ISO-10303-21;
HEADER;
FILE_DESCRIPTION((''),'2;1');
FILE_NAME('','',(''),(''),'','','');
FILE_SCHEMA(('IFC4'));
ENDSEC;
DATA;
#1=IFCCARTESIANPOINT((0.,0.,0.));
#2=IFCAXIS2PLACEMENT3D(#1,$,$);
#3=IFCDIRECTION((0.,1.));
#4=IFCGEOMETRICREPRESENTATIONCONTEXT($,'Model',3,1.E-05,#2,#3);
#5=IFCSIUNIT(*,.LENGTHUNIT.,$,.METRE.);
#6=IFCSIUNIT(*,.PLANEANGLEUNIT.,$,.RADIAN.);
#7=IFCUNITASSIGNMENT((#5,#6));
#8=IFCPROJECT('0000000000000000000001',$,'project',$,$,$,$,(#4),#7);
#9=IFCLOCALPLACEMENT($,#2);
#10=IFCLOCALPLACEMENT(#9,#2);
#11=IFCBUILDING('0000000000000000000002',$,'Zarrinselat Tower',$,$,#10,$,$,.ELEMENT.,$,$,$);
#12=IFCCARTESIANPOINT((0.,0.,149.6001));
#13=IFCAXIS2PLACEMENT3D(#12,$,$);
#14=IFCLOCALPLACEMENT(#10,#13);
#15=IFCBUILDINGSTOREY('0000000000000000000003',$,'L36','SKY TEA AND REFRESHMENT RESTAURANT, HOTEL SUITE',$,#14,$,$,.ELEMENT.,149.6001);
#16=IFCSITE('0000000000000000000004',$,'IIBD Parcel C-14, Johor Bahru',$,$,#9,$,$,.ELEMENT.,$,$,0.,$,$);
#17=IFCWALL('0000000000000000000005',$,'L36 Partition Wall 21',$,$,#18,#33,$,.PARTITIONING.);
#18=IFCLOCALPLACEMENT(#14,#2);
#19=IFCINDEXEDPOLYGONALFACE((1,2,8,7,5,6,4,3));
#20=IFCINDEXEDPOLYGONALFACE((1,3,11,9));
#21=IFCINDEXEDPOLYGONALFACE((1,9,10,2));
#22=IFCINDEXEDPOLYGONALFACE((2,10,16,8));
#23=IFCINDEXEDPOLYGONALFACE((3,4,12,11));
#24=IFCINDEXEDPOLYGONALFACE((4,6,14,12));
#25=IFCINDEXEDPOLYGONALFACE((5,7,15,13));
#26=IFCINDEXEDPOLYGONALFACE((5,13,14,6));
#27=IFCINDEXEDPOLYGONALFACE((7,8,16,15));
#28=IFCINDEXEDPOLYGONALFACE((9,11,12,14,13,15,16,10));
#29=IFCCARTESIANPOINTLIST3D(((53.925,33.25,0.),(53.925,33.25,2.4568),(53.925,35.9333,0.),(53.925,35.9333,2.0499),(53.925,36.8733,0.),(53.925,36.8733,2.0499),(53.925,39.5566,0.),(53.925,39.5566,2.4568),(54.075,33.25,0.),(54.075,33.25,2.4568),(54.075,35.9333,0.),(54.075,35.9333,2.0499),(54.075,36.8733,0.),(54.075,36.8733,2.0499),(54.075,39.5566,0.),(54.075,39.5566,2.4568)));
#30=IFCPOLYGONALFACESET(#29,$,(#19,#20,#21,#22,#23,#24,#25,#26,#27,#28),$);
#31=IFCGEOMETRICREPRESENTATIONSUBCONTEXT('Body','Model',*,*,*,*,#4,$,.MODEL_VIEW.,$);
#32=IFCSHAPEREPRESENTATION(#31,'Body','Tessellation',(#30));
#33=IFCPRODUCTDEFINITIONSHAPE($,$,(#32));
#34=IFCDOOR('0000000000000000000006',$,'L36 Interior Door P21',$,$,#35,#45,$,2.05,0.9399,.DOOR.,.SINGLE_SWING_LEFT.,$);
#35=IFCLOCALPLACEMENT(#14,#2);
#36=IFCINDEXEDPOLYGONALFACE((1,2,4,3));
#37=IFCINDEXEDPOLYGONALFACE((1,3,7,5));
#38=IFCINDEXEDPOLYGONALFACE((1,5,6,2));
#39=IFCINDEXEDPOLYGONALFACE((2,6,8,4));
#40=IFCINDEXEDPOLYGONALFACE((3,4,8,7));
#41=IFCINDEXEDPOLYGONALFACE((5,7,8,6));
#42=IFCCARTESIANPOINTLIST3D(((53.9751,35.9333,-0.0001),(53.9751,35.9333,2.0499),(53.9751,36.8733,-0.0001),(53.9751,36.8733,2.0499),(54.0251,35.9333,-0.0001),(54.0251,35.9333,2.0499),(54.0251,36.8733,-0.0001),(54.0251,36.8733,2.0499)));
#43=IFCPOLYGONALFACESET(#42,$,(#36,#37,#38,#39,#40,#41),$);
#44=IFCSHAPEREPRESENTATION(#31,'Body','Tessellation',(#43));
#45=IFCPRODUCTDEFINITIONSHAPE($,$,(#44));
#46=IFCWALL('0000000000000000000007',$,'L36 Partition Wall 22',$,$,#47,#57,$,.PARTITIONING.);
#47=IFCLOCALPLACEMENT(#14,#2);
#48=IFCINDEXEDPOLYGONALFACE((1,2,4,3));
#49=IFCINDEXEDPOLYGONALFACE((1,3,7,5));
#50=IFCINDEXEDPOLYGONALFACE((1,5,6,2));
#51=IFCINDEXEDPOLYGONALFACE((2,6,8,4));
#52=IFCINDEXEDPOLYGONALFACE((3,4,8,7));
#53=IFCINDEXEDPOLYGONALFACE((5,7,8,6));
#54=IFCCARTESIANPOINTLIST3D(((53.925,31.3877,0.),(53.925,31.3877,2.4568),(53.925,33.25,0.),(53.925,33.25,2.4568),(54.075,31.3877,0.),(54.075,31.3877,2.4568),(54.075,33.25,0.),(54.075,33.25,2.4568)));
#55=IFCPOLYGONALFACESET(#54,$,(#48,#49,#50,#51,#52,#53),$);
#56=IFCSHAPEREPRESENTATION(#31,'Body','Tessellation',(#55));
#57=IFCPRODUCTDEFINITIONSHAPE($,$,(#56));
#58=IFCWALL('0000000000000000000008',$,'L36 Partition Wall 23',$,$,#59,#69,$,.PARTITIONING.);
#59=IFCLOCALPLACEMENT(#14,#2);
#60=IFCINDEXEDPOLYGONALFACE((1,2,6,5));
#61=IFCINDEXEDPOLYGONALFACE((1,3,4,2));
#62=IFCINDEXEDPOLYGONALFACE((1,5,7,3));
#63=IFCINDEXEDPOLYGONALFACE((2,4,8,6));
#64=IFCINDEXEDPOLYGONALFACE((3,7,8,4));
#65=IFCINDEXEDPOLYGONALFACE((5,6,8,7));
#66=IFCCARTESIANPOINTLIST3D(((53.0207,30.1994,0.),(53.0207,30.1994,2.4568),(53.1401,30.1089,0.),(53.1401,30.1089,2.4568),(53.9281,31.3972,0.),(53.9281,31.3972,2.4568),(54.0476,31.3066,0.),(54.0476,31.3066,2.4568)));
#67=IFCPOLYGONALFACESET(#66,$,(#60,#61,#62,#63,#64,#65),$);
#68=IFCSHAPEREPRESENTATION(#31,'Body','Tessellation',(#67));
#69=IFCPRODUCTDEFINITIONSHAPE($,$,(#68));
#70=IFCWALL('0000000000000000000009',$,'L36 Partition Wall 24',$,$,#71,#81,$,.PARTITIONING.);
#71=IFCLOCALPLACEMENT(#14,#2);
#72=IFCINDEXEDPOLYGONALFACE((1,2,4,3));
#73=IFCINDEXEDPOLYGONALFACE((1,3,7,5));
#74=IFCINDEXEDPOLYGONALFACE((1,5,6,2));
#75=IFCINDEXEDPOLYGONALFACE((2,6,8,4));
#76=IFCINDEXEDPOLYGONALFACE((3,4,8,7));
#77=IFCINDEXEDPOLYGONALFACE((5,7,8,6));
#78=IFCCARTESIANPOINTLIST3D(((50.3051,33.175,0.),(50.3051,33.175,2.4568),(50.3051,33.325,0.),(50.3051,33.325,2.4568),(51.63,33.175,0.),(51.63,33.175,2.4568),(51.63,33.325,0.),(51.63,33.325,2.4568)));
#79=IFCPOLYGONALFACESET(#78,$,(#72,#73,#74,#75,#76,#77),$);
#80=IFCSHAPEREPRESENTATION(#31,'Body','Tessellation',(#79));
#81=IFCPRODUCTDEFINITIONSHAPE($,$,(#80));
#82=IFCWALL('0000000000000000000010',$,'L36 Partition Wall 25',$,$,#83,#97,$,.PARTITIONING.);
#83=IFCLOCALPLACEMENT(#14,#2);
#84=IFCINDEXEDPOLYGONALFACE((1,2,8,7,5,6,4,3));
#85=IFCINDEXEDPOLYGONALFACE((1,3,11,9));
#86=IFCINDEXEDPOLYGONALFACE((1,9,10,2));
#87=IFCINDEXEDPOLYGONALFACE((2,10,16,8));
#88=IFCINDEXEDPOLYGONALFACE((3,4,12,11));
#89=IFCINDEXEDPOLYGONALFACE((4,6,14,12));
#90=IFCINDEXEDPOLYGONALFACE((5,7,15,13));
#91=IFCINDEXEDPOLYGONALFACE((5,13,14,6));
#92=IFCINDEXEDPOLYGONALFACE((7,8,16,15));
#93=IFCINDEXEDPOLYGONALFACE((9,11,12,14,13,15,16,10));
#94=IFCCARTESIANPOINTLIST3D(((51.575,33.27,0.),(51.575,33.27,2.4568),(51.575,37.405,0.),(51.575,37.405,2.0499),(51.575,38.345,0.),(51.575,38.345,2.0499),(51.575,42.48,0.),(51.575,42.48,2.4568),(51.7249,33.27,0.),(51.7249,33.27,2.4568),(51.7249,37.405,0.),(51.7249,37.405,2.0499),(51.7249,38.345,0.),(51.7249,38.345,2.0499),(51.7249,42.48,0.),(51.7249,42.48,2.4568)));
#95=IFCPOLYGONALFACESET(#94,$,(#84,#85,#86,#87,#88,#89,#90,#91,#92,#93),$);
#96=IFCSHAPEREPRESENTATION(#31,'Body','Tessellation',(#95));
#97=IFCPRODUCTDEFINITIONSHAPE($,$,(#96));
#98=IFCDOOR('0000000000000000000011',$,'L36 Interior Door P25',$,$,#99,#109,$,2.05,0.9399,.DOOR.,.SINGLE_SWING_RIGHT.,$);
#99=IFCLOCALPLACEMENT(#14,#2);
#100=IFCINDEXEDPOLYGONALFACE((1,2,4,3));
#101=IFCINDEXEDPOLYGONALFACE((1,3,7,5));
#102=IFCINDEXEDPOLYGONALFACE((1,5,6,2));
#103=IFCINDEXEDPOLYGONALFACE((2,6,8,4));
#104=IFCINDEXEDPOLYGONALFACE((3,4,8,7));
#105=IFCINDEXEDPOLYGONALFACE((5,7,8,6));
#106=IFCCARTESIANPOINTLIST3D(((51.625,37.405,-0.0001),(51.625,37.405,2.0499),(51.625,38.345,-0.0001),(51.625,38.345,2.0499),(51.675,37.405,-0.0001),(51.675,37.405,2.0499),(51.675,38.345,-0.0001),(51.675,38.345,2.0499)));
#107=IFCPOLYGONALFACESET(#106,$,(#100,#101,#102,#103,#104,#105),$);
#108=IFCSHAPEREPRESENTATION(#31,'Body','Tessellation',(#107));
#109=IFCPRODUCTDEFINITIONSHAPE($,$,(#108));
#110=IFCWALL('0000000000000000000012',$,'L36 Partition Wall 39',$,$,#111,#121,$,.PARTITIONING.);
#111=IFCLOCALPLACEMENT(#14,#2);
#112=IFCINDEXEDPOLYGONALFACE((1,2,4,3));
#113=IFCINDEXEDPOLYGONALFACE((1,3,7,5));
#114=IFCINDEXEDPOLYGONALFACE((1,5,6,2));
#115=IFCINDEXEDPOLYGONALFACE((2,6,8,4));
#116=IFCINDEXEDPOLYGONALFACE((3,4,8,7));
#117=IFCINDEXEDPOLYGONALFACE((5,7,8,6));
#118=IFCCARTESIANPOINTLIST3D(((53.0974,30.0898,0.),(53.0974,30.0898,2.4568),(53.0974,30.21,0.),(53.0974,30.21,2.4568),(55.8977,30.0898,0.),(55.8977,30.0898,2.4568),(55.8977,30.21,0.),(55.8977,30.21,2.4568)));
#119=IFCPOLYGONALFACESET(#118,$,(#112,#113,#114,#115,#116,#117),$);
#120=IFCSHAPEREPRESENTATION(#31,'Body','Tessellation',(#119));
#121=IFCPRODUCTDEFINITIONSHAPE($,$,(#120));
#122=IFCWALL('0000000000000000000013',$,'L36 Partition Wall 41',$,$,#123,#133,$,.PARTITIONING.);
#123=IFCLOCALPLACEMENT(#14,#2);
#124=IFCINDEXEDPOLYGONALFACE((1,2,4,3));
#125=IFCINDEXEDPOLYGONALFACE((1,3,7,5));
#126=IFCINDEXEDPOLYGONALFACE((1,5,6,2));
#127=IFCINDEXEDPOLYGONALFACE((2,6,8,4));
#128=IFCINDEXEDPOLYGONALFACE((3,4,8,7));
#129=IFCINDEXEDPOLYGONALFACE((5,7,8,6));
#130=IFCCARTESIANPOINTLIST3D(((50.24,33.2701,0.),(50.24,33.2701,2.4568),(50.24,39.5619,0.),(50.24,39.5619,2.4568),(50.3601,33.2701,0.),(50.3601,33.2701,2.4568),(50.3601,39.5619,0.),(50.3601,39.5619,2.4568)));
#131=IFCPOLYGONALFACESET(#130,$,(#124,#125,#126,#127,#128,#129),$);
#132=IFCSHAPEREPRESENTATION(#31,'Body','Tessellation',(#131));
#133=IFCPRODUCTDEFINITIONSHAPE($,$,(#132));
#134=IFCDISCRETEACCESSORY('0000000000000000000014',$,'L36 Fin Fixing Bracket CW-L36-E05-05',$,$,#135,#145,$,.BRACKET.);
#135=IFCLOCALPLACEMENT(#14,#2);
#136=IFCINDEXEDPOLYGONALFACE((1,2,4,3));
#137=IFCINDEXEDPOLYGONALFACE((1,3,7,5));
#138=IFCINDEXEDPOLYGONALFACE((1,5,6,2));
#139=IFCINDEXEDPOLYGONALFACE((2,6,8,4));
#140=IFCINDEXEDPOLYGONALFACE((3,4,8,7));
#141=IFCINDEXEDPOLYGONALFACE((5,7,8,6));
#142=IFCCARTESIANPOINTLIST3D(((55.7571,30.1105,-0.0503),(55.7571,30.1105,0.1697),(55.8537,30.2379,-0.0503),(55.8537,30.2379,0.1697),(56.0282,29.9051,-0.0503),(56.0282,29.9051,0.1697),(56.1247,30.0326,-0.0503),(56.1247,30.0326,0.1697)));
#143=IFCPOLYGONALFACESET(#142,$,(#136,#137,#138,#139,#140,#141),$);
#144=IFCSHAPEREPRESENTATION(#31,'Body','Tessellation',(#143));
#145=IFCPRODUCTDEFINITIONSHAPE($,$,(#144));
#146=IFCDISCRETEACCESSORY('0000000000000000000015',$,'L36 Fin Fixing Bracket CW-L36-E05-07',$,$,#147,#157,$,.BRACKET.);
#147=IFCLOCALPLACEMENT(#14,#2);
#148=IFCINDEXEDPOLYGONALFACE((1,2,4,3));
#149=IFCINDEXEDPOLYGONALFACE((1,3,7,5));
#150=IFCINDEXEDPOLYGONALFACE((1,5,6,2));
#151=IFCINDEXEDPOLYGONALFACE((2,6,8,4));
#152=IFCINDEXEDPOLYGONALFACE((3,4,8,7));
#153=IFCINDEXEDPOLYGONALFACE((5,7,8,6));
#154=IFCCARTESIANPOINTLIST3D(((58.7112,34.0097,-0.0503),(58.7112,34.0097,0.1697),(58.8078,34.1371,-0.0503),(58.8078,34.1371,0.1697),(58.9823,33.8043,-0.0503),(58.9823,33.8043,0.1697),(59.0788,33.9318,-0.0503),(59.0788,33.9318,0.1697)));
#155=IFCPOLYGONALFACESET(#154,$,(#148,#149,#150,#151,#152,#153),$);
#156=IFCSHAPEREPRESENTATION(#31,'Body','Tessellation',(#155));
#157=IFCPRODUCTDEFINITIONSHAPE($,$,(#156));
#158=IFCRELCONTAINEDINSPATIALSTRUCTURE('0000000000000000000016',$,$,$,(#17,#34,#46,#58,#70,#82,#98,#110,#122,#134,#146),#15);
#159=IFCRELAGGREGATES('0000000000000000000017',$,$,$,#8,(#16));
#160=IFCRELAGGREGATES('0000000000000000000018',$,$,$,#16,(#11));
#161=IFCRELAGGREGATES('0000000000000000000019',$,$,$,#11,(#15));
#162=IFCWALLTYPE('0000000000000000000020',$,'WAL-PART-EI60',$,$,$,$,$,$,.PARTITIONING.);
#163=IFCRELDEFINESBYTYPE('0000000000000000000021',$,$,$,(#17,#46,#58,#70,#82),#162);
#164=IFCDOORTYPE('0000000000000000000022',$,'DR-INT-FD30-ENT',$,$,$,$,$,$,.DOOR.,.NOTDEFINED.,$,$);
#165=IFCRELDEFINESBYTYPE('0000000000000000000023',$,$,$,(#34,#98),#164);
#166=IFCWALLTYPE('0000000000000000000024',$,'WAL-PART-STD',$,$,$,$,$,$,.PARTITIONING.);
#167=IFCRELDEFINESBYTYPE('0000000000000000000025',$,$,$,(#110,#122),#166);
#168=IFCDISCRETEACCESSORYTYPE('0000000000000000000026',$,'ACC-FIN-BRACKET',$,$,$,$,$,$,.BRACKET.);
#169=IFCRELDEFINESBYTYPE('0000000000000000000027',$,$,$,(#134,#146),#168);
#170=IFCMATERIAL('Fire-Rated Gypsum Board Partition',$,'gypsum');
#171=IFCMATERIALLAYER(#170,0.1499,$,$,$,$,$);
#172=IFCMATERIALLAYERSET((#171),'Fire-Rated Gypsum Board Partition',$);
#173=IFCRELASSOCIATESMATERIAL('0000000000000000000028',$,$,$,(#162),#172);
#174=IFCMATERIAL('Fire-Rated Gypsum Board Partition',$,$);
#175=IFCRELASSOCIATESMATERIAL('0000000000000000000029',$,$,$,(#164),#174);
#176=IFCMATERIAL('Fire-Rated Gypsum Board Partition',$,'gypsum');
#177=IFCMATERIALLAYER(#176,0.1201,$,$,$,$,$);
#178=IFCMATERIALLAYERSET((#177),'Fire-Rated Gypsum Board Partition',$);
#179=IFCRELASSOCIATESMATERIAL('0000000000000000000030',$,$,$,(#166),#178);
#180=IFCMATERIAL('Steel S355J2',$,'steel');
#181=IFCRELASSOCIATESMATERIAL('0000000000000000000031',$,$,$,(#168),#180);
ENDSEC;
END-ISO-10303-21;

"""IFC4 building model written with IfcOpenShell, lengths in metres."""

from ifc_helpers import new_model, si_unit, direction, frame, frame_2d, origin, origin_2d, place, context, subcontext, project, spatial, rectangle, extrude, material, layer, layer_set, type_object, element, fill, save


model = new_model("IFC4")

# Units and contexts
model_context = context("Model", 3, precision=1e-05, world=origin(), true_north=direction((0.0, 1.0)))
body_context = subcontext(model_context, "Body", "Model", "MODEL_VIEW")
ifc_project = project(units=[si_unit("LENGTHUNIT", "METRE"), si_unit("PLANEANGLEUNIT", "RADIAN")], contexts=[model_context])

# Site, building, storey
site_placement = place(None, origin())
site = spatial("IfcSite", under=ifc_project, at=site_placement, Name="IIBD Parcel C-14, Johor Bahru", CompositionType="ELEMENT", RefElevation=0.0)
building_placement = place(site_placement, origin())
building = spatial("IfcBuilding", under=site, at=building_placement, Name="Zarrinselat Tower", CompositionType="ELEMENT")
storey_placement = place(building_placement, frame((0.0, 0.0, 149.6001)))
storey = spatial("IfcBuildingStorey", under=building, at=storey_placement, Name="L36", Description="SKY TEA AND REFRESHMENT RESTAURANT, HOTEL SUITE", CompositionType="ELEMENT", Elevation=149.6001)

# Wall, opening, door
ifc_material_1 = material(Name="Fire-Rated Gypsum Board Partition", Category="gypsum")
ifc_layer_1 = layer(ifc_material_1, 0.1499)
ifc_layer_set_1 = layer_set([ifc_layer_1], Name="Fire-Rated Gypsum Board Partition")
wall_type_1 = type_object("IfcWallType", Name="WAL-PART-EI60", PredefinedType="PARTITIONING", material=ifc_layer_set_1)
wall_1_placement = place(storey_placement, frame((54.0, 33.25, 0.0), z_axis=(0.0, 0.0, 1.0), x_axis=(0.0, 1.0, 0.0)))
wall_1 = element("IfcWall", 1, at=wall_1_placement, inside=storey, type_object=wall_type_1, Name="L36 Partition Wall 21", PredefinedType="PARTITIONING", context=body_context, shape_type="SweptSolid", body=[
    extrude(rectangle(XDim=6.3066, YDim=0.1499, at=frame_2d((3.1533, 0.0))), origin(), (0.0, 0.0, 1.0), 2.4568),
])
opening_1_placement = place(wall_1_placement, frame((2.6833, 0.0, 0.0)))
opening_1 = element("IfcOpeningElement", 2, at=opening_1_placement, cuts=wall_1, PredefinedType="OPENING", context=body_context, shape_type="SweptSolid", body=[
    extrude(rectangle(XDim=0.9399, YDim=2.05, at=frame_2d((0.47, 1.0249))), frame((0.0, 0.085, 0.0), z_axis=(0.0, -1.0, 0.0), x_axis=(1.0, 0.0, 0.0)), (0.0, 0.0, 1.0), 0.1699),
])
ifc_material_2 = material(Name="Fire-Rated Gypsum Board Partition")
door_type = type_object("IfcDoorType", Name="DR-INT-FD30-ENT", OperationType="NOTDEFINED", PredefinedType="DOOR", material=ifc_material_2)
door_1_placement = place(opening_1_placement, origin())
door_1 = element("IfcDoor", 3, at=door_1_placement, inside=storey, type_object=door_type, Name="L36 Interior Door P21", OperationType="SINGLE_SWING_LEFT", OverallHeight=2.05, OverallWidth=0.9399, PredefinedType="DOOR", context=body_context, shape_type="SweptSolid", body=[
    extrude(rectangle(XDim=0.9399, YDim=2.05, at=frame_2d((0.47, 1.0249))), frame((0.0, 0.0249, 0.0), z_axis=(0.0, -1.0, 0.0), x_axis=(1.0, 0.0, 0.0)), (0.0, 0.0, 1.0), 0.05),
])
fill(opening_1, door_1)

# Walls
wall_2_placement = place(storey_placement, frame((54.0, 31.3877, 0.0), z_axis=(0.0, 0.0, 1.0), x_axis=(0.0, 1.0, 0.0)))
element("IfcWall", 4, at=wall_2_placement, inside=storey, type_object=wall_type_1, Name="L36 Partition Wall 22", PredefinedType="PARTITIONING", context=body_context, shape_type="SweptSolid", body=[
    extrude(rectangle(XDim=1.8623, YDim=0.1499, at=frame_2d((0.9312, 0.0))), origin(), (0.0, 0.0, 1.0), 2.4568),
])
wall_3_placement = place(storey_placement, frame((53.0803, 30.1541, 0.0), z_axis=(0.0, 0.0, 1.0), x_axis=(0.603892, 0.797066, 0.0)))
element("IfcWall", 5, at=wall_3_placement, inside=storey, type_object=wall_type_1, Name="L36 Partition Wall 23", PredefinedType="PARTITIONING", context=body_context, shape_type="SweptSolid", body=[
    extrude(rectangle(XDim=1.5027, YDim=0.1499, at=frame_2d((0.7515, 0.0))), origin(), (0.0, 0.0, 1.0), 2.4568),
])
wall_4_placement = place(storey_placement, frame((50.3049, 33.25, 0.0), z_axis=(0.0, 0.0, 1.0), x_axis=(1.0, 0.0, 0.0)))
element("IfcWall", 6, at=wall_4_placement, inside=storey, type_object=wall_type_1, Name="L36 Partition Wall 24", PredefinedType="PARTITIONING", context=body_context, shape_type="SweptSolid", body=[
    extrude(rectangle(XDim=1.325, YDim=0.1499, at=frame_2d((0.6626, 0.0))), origin(), (0.0, 0.0, 1.0), 2.4568),
])

# Wall, opening, door
wall_5_placement = place(storey_placement, frame((51.6499, 33.27, 0.0), z_axis=(0.0, 0.0, 1.0), x_axis=(0.0, 1.0, 0.0)))
wall_5 = element("IfcWall", 7, at=wall_5_placement, inside=storey, type_object=wall_type_1, Name="L36 Partition Wall 25", PredefinedType="PARTITIONING", context=body_context, shape_type="SweptSolid", body=[
    extrude(rectangle(XDim=9.21, YDim=0.1499, at=frame_2d((4.605, 0.0))), origin(), (0.0, 0.0, 1.0), 2.4568),
])
opening_2_placement = place(wall_5_placement, frame((4.135, 0.0, 0.0)))
opening_2 = element("IfcOpeningElement", 8, at=opening_2_placement, cuts=wall_5, PredefinedType="OPENING", context=body_context, shape_type="SweptSolid", body=[
    extrude(rectangle(XDim=0.9399, YDim=2.05, at=frame_2d((0.47, 1.0249))), frame((0.0, 0.085, 0.0), z_axis=(0.0, -1.0, 0.0), x_axis=(1.0, 0.0, 0.0)), (0.0, 0.0, 1.0), 0.1699),
])
door_2_placement = place(opening_2_placement, origin())
door_2 = element("IfcDoor", 9, at=door_2_placement, inside=storey, type_object=door_type, Name="L36 Interior Door P25", OperationType="SINGLE_SWING_RIGHT", OverallHeight=2.05, OverallWidth=0.9399, PredefinedType="DOOR", context=body_context, shape_type="SweptSolid", body=[
    extrude(rectangle(XDim=0.9399, YDim=2.05, at=frame_2d((0.47, 1.0249))), frame((0.0, 0.0249, 0.0), z_axis=(0.0, -1.0, 0.0), x_axis=(1.0, 0.0, 0.0)), (0.0, 0.0, 1.0), 0.05),
])
fill(opening_2, door_2)

# Walls
ifc_material_3 = material(Name="Fire-Rated Gypsum Board Partition", Category="gypsum")
ifc_layer_2 = layer(ifc_material_3, 0.1201)
ifc_layer_set_2 = layer_set([ifc_layer_2], Name="Fire-Rated Gypsum Board Partition")
wall_type_2 = type_object("IfcWallType", Name="WAL-PART-STD", PredefinedType="PARTITIONING", material=ifc_layer_set_2)
wall_6_placement = place(storey_placement, frame((53.0974, 30.1499, 0.0), z_axis=(0.0, 0.0, 1.0), x_axis=(1.0, 0.0, 0.0)))
element("IfcWall", 10, at=wall_6_placement, inside=storey, type_object=wall_type_2, Name="L36 Partition Wall 39", PredefinedType="PARTITIONING", context=body_context, shape_type="SweptSolid", body=[
    extrude(rectangle(XDim=2.8003, YDim=0.1201, at=frame_2d((1.4001, 0.0))), origin(), (0.0, 0.0, 1.0), 2.4568),
])
wall_7_placement = place(storey_placement, frame((50.3, 33.27, 0.0), z_axis=(0.0, 0.0, 1.0), x_axis=(0.0, 1.0, 0.0)))
element("IfcWall", 11, at=wall_7_placement, inside=storey, type_object=wall_type_2, Name="L36 Partition Wall 41", PredefinedType="PARTITIONING", context=body_context, shape_type="SweptSolid", body=[
    extrude(rectangle(XDim=6.2917, YDim=0.1201, at=frame_2d((3.146, 0.0))), origin(), (0.0, 0.0, 1.0), 2.4568),
])

# Discrete accessories
ifc_material_4 = material(Name="Steel S355J2", Category="steel")
discrete_accessory_type = type_object("IfcDiscreteAccessoryType", Name="ACC-FIN-BRACKET", PredefinedType="BRACKET", material=ifc_material_4)
for number, where, z_axis, x_axis, name in (
    (12, (55.9409, 30.0715, -0.0503), (0.0, 0.0, 1.0), (0.797092, -0.603858, 0.0), "L36 Fin Fixing Bracket CW-L36-E05-05"),
    (13, (58.895, 33.9707, -0.0503), (0.0, 0.0, 1.0), (0.797092, -0.603858, 0.0), "L36 Fin Fixing Bracket CW-L36-E05-07"),
):
    element("IfcDiscreteAccessory", number, at=place(storey_placement, frame(where, z_axis=z_axis, x_axis=x_axis)), inside=storey, type_object=discrete_accessory_type, Name=name, PredefinedType="BRACKET", context=body_context, shape_type="SweptSolid", body=[
        extrude(rectangle(XDim=0.3401, YDim=0.1599, at=origin_2d()), origin(), (0.0, 0.0, 1.0), 0.22),
    ])

save(model, "model.ifc")
